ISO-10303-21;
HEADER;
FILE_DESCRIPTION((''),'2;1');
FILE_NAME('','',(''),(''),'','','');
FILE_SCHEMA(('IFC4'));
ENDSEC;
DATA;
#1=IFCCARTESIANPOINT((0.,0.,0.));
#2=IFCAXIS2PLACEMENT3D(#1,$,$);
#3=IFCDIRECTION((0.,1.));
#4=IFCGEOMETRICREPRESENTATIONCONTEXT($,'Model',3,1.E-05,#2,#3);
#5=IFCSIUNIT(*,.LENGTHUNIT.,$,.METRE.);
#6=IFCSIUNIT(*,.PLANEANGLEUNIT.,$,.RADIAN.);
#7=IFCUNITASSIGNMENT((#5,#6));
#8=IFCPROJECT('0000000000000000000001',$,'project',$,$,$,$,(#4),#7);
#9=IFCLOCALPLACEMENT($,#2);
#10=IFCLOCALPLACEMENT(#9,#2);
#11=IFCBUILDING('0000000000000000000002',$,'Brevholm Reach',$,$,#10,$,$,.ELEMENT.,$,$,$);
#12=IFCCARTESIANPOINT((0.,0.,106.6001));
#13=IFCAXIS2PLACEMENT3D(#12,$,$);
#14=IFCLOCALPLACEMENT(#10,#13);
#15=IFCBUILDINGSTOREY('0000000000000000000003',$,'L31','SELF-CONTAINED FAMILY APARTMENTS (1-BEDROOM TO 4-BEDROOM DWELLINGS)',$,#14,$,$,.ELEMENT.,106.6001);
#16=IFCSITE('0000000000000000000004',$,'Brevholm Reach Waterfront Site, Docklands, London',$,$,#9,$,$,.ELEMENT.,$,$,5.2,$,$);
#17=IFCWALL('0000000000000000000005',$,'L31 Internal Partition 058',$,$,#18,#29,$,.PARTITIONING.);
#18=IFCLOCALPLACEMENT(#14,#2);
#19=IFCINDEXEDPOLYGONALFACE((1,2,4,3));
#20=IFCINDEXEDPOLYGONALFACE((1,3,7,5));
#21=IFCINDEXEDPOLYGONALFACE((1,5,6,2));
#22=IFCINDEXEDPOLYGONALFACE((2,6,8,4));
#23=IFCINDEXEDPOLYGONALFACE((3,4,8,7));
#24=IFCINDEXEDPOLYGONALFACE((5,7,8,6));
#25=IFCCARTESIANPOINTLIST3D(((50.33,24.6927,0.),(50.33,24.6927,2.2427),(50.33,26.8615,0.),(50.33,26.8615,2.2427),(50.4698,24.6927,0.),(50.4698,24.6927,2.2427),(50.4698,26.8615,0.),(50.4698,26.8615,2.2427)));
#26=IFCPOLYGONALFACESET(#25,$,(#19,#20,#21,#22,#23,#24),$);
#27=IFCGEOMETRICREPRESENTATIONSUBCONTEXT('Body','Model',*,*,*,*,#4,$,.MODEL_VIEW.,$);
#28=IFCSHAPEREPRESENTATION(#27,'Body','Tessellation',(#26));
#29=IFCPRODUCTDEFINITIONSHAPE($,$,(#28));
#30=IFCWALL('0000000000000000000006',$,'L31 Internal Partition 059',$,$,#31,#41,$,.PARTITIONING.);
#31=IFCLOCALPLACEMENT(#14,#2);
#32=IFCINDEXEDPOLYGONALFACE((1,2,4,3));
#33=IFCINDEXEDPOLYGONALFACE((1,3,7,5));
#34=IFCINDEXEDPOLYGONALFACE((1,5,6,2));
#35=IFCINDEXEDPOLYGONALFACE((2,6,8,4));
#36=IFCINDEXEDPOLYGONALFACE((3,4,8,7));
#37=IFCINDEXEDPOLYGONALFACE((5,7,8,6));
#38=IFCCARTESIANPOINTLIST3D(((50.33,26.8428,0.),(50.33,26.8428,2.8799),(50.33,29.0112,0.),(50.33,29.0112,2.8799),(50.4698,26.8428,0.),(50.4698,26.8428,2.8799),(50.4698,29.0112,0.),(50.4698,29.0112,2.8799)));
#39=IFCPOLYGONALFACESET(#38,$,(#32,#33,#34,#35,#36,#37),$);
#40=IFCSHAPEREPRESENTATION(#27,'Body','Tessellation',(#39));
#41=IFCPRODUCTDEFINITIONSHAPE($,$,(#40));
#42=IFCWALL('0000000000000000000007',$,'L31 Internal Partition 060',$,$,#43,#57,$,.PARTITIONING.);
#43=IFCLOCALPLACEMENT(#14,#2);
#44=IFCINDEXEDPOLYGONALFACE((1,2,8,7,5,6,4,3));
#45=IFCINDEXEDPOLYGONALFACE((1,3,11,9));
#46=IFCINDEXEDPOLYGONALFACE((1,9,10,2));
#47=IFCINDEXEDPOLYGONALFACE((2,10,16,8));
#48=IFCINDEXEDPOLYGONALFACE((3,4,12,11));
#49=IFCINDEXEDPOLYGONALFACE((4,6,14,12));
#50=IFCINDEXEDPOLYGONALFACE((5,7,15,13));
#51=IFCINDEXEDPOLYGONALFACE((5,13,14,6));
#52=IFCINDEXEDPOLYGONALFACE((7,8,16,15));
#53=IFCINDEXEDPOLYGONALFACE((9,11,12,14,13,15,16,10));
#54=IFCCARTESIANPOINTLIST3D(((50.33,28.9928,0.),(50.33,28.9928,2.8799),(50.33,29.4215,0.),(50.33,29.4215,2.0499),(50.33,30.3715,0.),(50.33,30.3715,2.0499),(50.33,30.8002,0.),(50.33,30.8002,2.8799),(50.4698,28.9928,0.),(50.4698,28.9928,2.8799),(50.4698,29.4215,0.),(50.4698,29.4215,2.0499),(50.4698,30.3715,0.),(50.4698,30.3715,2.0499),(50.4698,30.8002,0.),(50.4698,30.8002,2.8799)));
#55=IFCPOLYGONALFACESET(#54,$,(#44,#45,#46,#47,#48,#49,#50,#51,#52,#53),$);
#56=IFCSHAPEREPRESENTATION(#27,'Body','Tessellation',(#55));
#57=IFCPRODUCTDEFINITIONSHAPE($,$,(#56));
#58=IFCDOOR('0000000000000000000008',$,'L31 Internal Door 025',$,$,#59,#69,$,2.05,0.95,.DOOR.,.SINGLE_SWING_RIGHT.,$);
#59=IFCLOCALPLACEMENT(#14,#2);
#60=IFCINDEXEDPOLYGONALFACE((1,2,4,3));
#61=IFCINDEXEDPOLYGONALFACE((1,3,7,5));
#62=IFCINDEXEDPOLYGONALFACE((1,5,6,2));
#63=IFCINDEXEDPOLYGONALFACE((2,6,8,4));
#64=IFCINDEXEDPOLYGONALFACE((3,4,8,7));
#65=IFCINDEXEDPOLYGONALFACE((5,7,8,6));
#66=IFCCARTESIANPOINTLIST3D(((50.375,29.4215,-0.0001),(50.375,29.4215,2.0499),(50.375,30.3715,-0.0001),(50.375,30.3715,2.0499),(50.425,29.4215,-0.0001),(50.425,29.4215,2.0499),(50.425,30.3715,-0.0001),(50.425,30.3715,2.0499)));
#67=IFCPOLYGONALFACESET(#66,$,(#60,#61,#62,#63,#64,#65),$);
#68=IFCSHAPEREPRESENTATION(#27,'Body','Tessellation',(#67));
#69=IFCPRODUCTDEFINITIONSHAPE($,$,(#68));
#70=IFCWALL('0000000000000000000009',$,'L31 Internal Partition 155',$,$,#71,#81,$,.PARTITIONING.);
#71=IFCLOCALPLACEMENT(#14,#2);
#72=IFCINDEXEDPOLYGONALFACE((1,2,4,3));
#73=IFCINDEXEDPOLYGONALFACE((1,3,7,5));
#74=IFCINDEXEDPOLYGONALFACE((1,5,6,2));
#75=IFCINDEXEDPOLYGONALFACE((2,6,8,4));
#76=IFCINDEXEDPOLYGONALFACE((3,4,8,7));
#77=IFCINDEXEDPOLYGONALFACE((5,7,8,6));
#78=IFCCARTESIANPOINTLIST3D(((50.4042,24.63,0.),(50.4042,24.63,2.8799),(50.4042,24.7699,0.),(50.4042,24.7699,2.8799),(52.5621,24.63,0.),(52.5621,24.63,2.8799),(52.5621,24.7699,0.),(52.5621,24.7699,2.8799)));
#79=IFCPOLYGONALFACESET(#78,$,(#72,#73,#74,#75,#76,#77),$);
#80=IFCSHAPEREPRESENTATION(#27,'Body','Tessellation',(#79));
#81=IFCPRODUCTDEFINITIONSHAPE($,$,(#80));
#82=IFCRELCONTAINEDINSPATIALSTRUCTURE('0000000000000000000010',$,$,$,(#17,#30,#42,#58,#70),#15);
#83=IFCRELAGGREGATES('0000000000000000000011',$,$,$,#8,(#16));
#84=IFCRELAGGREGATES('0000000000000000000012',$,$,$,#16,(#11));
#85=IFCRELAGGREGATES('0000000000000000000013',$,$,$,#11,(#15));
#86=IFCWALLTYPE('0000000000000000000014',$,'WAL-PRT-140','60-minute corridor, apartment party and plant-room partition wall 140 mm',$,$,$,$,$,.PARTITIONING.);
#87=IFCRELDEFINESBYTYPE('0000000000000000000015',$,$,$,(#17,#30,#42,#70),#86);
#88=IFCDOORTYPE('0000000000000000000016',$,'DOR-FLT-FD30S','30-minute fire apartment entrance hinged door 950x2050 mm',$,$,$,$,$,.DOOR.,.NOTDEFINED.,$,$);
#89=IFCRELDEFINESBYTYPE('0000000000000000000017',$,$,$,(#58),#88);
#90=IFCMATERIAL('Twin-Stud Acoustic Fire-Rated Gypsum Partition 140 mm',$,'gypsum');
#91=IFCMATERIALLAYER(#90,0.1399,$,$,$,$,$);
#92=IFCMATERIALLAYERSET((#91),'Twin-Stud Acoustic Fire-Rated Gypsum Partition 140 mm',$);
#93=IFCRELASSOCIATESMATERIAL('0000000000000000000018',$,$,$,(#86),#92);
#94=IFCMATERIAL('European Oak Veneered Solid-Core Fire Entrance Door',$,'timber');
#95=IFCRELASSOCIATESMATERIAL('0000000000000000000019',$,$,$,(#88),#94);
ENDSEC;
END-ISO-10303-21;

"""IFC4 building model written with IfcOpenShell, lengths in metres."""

from ifc_helpers import new_model, si_unit, direction, frame, frame_2d, origin, place, context, subcontext, project, spatial, rectangle, extrude, material, layer, layer_set, type_object, element, fill, save


model = new_model("IFC4")

# Units and contexts
model_context = context("Model", 3, precision=1e-05, world=origin(), true_north=direction((0.0, 1.0)))
body_context = subcontext(model_context, "Body", "Model", "MODEL_VIEW")
ifc_project = project(units=[si_unit("LENGTHUNIT", "METRE"), si_unit("PLANEANGLEUNIT", "RADIAN")], contexts=[model_context])

# Site, building, storey
site_placement = place(None, origin())
site = spatial("IfcSite", under=ifc_project, at=site_placement, Name="Brevholm Reach Waterfront Site, Docklands, London", CompositionType="ELEMENT", RefElevation=5.2)
building_placement = place(site_placement, origin())
building = spatial("IfcBuilding", under=site, at=building_placement, Name="Brevholm Reach", CompositionType="ELEMENT")
storey_placement = place(building_placement, frame((0.0, 0.0, 106.6001)))
storey = spatial("IfcBuildingStorey", under=building, at=storey_placement, Name="L31", Description="SELF-CONTAINED FAMILY APARTMENTS (1-BEDROOM TO 4-BEDROOM DWELLINGS)", CompositionType="ELEMENT", Elevation=106.6001)

# Walls
ifc_material_1 = material(Name="Twin-Stud Acoustic Fire-Rated Gypsum Partition 140 mm", Category="gypsum")
ifc_layer_1 = layer(ifc_material_1, 0.1399)
ifc_layer_set_1 = layer_set([ifc_layer_1], Name="Twin-Stud Acoustic Fire-Rated Gypsum Partition 140 mm")
wall_type_1 = type_object("IfcWallType", Name="WAL-PRT-140", Description="60-minute corridor, apartment party and plant-room partition wall 140 mm", PredefinedType="PARTITIONING", material=ifc_layer_set_1)
wall_1_placement = place(storey_placement, frame((50.3999, 24.6926, 0.0), z_axis=(0.0, 0.0, 1.0), x_axis=(0.0, 1.0, 0.0)))
element("IfcWall", 1, at=wall_1_placement, inside=storey, type_object=wall_type_1, Name="L31 Internal Partition 058", PredefinedType="PARTITIONING", context=body_context, shape_type="SweptSolid", body=[
    extrude(rectangle(XDim=2.1687, YDim=0.1399, at=frame_2d((1.0845, 0.0))), origin(), (0.0, 0.0, 1.0), 2.2427),
])
wall_2_placement = place(storey_placement, frame((50.3999, 26.8428, 0.0), z_axis=(0.0, 0.0, 1.0), x_axis=(0.0, 1.0, 0.0)))
element("IfcWall", 2, at=wall_2_placement, inside=storey, type_object=wall_type_1, Name="L31 Internal Partition 059", PredefinedType="PARTITIONING", context=body_context, shape_type="SweptSolid", body=[
    extrude(rectangle(XDim=2.1685, YDim=0.1399, at=frame_2d((1.0842, 0.0))), origin(), (0.0, 0.0, 1.0), 2.8799),
])

# Wall, opening, door
wall_3_placement = place(storey_placement, frame((50.3999, 28.9927, 0.0), z_axis=(0.0, 0.0, 1.0), x_axis=(0.0, 1.0, 0.0)))
wall_3 = element("IfcWall", 3, at=wall_3_placement, inside=storey, type_object=wall_type_1, Name="L31 Internal Partition 060", PredefinedType="PARTITIONING", context=body_context, shape_type="SweptSolid", body=[
    extrude(rectangle(XDim=1.8074, YDim=0.1399, at=frame_2d((0.9038, 0.0))), origin(), (0.0, 0.0, 1.0), 2.8799),
])
opening_1_placement = place(wall_3_placement, frame((0.4287, 0.0, 0.0)))
opening_1 = element("IfcOpeningElement", 4, at=opening_1_placement, cuts=wall_3, PredefinedType="OPENING", context=body_context, shape_type="SweptSolid", body=[
    extrude(rectangle(XDim=0.95, YDim=2.05, at=frame_2d((0.4751, 1.0249))), frame((0.0, 0.0798, 0.0), z_axis=(0.0, -1.0, 0.0), x_axis=(1.0, 0.0, 0.0)), (0.0, 0.0, 1.0), 0.1599),
])
ifc_material_2 = material(Name="European Oak Veneered Solid-Core Fire Entrance Door", Category="timber")
door_type_1 = type_object("IfcDoorType", Name="DOR-FLT-FD30S", Description="30-minute fire apartment entrance hinged door 950x2050 mm", OperationType="NOTDEFINED", PredefinedType="DOOR", material=ifc_material_2)
door_1_placement = place(opening_1_placement, origin())
door_1 = element("IfcDoor", 5, at=door_1_placement, inside=storey, type_object=door_type_1, Name="L31 Internal Door 025", OperationType="SINGLE_SWING_RIGHT", OverallHeight=2.05, OverallWidth=0.95, PredefinedType="DOOR", context=body_context, shape_type="SweptSolid", body=[
    extrude(rectangle(XDim=0.95, YDim=2.05, at=frame_2d((0.4751, 1.0249))), frame((0.0, 0.0249, 0.0), z_axis=(0.0, -1.0, 0.0), x_axis=(1.0, 0.0, 0.0)), (0.0, 0.0, 1.0), 0.05),
])
fill(opening_1, door_1)

# Wall
wall_4_placement = place(storey_placement, frame((50.4041, 24.7, 0.0), z_axis=(0.0, 0.0, 1.0), x_axis=(1.0, 0.0, 0.0)))
element("IfcWall", 6, at=wall_4_placement, inside=storey, type_object=wall_type_1, Name="L31 Internal Partition 155", PredefinedType="PARTITIONING", context=body_context, shape_type="SweptSolid", body=[
    extrude(rectangle(XDim=2.158, YDim=0.1399, at=frame_2d((1.0791, 0.0))), origin(), (0.0, 0.0, 1.0), 2.8799),
])

save(model, "model.ifc")
